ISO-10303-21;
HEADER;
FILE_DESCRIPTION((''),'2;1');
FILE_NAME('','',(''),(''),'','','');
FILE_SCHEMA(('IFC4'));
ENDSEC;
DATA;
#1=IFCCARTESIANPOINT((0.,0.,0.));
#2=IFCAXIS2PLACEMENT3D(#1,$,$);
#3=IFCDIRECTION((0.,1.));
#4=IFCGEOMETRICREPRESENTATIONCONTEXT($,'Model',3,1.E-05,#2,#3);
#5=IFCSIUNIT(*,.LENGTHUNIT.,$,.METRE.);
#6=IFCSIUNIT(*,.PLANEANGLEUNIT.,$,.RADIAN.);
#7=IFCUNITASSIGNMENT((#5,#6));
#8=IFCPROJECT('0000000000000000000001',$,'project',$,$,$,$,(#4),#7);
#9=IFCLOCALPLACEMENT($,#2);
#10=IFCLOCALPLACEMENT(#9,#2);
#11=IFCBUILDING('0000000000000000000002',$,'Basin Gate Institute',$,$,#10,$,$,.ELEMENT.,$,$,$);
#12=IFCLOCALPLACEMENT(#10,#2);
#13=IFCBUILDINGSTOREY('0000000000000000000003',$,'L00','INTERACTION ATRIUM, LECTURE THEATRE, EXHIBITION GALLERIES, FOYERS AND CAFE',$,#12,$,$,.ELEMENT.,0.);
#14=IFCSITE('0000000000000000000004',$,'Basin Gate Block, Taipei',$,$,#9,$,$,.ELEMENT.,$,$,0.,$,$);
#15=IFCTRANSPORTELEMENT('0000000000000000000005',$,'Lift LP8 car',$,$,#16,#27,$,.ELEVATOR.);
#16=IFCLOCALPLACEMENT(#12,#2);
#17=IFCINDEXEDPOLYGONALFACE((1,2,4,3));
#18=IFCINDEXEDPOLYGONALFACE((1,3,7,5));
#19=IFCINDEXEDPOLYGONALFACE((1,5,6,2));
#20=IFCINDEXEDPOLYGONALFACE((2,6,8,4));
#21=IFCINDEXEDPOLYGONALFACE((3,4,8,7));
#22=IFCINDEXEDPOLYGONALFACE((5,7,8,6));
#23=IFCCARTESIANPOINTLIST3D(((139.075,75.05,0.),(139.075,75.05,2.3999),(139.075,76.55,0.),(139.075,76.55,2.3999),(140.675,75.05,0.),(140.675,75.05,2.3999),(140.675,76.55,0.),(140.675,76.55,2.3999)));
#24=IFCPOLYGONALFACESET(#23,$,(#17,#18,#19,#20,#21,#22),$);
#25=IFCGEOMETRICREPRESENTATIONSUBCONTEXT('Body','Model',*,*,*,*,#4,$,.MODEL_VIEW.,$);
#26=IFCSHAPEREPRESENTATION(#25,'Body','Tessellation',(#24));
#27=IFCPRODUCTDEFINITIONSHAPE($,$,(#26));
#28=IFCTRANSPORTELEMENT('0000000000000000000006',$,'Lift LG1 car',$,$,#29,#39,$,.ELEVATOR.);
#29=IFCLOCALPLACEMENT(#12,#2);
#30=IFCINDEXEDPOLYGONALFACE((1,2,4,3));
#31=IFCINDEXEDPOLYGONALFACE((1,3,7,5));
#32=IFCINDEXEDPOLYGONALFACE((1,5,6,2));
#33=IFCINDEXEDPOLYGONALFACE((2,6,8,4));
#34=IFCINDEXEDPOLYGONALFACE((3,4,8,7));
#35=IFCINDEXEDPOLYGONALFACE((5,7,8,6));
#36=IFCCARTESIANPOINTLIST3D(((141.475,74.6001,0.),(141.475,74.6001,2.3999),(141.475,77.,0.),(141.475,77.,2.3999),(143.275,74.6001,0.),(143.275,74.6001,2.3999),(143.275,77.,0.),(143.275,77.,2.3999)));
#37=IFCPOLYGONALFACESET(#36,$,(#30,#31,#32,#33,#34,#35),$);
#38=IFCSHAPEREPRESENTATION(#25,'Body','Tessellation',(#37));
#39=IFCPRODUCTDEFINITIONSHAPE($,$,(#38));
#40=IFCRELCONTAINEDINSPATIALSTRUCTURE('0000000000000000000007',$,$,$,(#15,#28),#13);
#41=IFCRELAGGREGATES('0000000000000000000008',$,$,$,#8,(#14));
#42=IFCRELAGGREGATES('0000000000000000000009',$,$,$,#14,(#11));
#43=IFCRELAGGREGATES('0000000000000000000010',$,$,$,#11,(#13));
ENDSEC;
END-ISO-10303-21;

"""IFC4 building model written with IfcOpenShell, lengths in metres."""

from ifc_helpers import new_model, si_unit, direction, frame, origin, origin_2d, place, context, subcontext, project, spatial, rectangle, extrude, element, save


model = new_model("IFC4")

# Units and contexts
model_context = context("Model", 3, precision=1e-05, world=origin(), true_north=direction((0.0, 1.0)))
body_context = subcontext(model_context, "Body", "Model", "MODEL_VIEW")
ifc_project = project(units=[si_unit("LENGTHUNIT", "METRE"), si_unit("PLANEANGLEUNIT", "RADIAN")], contexts=[model_context])

# Site, building, storey
site_placement = place(None, origin())
site = spatial("IfcSite", under=ifc_project, at=site_placement, Name="Basin Gate Block, Taipei", CompositionType="ELEMENT", RefElevation=0.0)
building_placement = place(site_placement, origin())
building = spatial("IfcBuilding", under=site, at=building_placement, Name="Basin Gate Institute", CompositionType="ELEMENT")
storey_placement = place(building_placement, origin())
storey = spatial("IfcBuildingStorey", under=building, at=storey_placement, Name="L00", Description="INTERACTION ATRIUM, LECTURE THEATRE, EXHIBITION GALLERIES, FOYERS AND CAFE", CompositionType="ELEMENT", Elevation=0.0)

# Transport elements
transport_element_1_placement = place(storey_placement, frame((139.875, 75.8, 0.0), z_axis=(0.0, 0.0, 1.0), x_axis=(1.0, 0.0, 0.0)))
element("IfcTransportElement", 1, at=transport_element_1_placement, inside=storey, Name="Lift LP8 car", PredefinedType="ELEVATOR", context=body_context, shape_type="SweptSolid", body=[
    extrude(rectangle(XDim=1.6001, YDim=1.5, at=origin_2d()), origin(), (0.0, 0.0, 1.0), 2.3999),
])
transport_element_2_placement = place(storey_placement, frame((142.375, 75.8, 0.0), z_axis=(0.0, 0.0, 1.0), x_axis=(1.0, 0.0, 0.0)))
element("IfcTransportElement", 2, at=transport_element_2_placement, inside=storey, Name="Lift LG1 car", PredefinedType="ELEVATOR", context=body_context, shape_type="SweptSolid", body=[
    extrude(rectangle(XDim=1.8, YDim=2.3999, at=origin_2d()), origin(), (0.0, 0.0, 1.0), 2.3999),
])

save(model, "model.ifc")
